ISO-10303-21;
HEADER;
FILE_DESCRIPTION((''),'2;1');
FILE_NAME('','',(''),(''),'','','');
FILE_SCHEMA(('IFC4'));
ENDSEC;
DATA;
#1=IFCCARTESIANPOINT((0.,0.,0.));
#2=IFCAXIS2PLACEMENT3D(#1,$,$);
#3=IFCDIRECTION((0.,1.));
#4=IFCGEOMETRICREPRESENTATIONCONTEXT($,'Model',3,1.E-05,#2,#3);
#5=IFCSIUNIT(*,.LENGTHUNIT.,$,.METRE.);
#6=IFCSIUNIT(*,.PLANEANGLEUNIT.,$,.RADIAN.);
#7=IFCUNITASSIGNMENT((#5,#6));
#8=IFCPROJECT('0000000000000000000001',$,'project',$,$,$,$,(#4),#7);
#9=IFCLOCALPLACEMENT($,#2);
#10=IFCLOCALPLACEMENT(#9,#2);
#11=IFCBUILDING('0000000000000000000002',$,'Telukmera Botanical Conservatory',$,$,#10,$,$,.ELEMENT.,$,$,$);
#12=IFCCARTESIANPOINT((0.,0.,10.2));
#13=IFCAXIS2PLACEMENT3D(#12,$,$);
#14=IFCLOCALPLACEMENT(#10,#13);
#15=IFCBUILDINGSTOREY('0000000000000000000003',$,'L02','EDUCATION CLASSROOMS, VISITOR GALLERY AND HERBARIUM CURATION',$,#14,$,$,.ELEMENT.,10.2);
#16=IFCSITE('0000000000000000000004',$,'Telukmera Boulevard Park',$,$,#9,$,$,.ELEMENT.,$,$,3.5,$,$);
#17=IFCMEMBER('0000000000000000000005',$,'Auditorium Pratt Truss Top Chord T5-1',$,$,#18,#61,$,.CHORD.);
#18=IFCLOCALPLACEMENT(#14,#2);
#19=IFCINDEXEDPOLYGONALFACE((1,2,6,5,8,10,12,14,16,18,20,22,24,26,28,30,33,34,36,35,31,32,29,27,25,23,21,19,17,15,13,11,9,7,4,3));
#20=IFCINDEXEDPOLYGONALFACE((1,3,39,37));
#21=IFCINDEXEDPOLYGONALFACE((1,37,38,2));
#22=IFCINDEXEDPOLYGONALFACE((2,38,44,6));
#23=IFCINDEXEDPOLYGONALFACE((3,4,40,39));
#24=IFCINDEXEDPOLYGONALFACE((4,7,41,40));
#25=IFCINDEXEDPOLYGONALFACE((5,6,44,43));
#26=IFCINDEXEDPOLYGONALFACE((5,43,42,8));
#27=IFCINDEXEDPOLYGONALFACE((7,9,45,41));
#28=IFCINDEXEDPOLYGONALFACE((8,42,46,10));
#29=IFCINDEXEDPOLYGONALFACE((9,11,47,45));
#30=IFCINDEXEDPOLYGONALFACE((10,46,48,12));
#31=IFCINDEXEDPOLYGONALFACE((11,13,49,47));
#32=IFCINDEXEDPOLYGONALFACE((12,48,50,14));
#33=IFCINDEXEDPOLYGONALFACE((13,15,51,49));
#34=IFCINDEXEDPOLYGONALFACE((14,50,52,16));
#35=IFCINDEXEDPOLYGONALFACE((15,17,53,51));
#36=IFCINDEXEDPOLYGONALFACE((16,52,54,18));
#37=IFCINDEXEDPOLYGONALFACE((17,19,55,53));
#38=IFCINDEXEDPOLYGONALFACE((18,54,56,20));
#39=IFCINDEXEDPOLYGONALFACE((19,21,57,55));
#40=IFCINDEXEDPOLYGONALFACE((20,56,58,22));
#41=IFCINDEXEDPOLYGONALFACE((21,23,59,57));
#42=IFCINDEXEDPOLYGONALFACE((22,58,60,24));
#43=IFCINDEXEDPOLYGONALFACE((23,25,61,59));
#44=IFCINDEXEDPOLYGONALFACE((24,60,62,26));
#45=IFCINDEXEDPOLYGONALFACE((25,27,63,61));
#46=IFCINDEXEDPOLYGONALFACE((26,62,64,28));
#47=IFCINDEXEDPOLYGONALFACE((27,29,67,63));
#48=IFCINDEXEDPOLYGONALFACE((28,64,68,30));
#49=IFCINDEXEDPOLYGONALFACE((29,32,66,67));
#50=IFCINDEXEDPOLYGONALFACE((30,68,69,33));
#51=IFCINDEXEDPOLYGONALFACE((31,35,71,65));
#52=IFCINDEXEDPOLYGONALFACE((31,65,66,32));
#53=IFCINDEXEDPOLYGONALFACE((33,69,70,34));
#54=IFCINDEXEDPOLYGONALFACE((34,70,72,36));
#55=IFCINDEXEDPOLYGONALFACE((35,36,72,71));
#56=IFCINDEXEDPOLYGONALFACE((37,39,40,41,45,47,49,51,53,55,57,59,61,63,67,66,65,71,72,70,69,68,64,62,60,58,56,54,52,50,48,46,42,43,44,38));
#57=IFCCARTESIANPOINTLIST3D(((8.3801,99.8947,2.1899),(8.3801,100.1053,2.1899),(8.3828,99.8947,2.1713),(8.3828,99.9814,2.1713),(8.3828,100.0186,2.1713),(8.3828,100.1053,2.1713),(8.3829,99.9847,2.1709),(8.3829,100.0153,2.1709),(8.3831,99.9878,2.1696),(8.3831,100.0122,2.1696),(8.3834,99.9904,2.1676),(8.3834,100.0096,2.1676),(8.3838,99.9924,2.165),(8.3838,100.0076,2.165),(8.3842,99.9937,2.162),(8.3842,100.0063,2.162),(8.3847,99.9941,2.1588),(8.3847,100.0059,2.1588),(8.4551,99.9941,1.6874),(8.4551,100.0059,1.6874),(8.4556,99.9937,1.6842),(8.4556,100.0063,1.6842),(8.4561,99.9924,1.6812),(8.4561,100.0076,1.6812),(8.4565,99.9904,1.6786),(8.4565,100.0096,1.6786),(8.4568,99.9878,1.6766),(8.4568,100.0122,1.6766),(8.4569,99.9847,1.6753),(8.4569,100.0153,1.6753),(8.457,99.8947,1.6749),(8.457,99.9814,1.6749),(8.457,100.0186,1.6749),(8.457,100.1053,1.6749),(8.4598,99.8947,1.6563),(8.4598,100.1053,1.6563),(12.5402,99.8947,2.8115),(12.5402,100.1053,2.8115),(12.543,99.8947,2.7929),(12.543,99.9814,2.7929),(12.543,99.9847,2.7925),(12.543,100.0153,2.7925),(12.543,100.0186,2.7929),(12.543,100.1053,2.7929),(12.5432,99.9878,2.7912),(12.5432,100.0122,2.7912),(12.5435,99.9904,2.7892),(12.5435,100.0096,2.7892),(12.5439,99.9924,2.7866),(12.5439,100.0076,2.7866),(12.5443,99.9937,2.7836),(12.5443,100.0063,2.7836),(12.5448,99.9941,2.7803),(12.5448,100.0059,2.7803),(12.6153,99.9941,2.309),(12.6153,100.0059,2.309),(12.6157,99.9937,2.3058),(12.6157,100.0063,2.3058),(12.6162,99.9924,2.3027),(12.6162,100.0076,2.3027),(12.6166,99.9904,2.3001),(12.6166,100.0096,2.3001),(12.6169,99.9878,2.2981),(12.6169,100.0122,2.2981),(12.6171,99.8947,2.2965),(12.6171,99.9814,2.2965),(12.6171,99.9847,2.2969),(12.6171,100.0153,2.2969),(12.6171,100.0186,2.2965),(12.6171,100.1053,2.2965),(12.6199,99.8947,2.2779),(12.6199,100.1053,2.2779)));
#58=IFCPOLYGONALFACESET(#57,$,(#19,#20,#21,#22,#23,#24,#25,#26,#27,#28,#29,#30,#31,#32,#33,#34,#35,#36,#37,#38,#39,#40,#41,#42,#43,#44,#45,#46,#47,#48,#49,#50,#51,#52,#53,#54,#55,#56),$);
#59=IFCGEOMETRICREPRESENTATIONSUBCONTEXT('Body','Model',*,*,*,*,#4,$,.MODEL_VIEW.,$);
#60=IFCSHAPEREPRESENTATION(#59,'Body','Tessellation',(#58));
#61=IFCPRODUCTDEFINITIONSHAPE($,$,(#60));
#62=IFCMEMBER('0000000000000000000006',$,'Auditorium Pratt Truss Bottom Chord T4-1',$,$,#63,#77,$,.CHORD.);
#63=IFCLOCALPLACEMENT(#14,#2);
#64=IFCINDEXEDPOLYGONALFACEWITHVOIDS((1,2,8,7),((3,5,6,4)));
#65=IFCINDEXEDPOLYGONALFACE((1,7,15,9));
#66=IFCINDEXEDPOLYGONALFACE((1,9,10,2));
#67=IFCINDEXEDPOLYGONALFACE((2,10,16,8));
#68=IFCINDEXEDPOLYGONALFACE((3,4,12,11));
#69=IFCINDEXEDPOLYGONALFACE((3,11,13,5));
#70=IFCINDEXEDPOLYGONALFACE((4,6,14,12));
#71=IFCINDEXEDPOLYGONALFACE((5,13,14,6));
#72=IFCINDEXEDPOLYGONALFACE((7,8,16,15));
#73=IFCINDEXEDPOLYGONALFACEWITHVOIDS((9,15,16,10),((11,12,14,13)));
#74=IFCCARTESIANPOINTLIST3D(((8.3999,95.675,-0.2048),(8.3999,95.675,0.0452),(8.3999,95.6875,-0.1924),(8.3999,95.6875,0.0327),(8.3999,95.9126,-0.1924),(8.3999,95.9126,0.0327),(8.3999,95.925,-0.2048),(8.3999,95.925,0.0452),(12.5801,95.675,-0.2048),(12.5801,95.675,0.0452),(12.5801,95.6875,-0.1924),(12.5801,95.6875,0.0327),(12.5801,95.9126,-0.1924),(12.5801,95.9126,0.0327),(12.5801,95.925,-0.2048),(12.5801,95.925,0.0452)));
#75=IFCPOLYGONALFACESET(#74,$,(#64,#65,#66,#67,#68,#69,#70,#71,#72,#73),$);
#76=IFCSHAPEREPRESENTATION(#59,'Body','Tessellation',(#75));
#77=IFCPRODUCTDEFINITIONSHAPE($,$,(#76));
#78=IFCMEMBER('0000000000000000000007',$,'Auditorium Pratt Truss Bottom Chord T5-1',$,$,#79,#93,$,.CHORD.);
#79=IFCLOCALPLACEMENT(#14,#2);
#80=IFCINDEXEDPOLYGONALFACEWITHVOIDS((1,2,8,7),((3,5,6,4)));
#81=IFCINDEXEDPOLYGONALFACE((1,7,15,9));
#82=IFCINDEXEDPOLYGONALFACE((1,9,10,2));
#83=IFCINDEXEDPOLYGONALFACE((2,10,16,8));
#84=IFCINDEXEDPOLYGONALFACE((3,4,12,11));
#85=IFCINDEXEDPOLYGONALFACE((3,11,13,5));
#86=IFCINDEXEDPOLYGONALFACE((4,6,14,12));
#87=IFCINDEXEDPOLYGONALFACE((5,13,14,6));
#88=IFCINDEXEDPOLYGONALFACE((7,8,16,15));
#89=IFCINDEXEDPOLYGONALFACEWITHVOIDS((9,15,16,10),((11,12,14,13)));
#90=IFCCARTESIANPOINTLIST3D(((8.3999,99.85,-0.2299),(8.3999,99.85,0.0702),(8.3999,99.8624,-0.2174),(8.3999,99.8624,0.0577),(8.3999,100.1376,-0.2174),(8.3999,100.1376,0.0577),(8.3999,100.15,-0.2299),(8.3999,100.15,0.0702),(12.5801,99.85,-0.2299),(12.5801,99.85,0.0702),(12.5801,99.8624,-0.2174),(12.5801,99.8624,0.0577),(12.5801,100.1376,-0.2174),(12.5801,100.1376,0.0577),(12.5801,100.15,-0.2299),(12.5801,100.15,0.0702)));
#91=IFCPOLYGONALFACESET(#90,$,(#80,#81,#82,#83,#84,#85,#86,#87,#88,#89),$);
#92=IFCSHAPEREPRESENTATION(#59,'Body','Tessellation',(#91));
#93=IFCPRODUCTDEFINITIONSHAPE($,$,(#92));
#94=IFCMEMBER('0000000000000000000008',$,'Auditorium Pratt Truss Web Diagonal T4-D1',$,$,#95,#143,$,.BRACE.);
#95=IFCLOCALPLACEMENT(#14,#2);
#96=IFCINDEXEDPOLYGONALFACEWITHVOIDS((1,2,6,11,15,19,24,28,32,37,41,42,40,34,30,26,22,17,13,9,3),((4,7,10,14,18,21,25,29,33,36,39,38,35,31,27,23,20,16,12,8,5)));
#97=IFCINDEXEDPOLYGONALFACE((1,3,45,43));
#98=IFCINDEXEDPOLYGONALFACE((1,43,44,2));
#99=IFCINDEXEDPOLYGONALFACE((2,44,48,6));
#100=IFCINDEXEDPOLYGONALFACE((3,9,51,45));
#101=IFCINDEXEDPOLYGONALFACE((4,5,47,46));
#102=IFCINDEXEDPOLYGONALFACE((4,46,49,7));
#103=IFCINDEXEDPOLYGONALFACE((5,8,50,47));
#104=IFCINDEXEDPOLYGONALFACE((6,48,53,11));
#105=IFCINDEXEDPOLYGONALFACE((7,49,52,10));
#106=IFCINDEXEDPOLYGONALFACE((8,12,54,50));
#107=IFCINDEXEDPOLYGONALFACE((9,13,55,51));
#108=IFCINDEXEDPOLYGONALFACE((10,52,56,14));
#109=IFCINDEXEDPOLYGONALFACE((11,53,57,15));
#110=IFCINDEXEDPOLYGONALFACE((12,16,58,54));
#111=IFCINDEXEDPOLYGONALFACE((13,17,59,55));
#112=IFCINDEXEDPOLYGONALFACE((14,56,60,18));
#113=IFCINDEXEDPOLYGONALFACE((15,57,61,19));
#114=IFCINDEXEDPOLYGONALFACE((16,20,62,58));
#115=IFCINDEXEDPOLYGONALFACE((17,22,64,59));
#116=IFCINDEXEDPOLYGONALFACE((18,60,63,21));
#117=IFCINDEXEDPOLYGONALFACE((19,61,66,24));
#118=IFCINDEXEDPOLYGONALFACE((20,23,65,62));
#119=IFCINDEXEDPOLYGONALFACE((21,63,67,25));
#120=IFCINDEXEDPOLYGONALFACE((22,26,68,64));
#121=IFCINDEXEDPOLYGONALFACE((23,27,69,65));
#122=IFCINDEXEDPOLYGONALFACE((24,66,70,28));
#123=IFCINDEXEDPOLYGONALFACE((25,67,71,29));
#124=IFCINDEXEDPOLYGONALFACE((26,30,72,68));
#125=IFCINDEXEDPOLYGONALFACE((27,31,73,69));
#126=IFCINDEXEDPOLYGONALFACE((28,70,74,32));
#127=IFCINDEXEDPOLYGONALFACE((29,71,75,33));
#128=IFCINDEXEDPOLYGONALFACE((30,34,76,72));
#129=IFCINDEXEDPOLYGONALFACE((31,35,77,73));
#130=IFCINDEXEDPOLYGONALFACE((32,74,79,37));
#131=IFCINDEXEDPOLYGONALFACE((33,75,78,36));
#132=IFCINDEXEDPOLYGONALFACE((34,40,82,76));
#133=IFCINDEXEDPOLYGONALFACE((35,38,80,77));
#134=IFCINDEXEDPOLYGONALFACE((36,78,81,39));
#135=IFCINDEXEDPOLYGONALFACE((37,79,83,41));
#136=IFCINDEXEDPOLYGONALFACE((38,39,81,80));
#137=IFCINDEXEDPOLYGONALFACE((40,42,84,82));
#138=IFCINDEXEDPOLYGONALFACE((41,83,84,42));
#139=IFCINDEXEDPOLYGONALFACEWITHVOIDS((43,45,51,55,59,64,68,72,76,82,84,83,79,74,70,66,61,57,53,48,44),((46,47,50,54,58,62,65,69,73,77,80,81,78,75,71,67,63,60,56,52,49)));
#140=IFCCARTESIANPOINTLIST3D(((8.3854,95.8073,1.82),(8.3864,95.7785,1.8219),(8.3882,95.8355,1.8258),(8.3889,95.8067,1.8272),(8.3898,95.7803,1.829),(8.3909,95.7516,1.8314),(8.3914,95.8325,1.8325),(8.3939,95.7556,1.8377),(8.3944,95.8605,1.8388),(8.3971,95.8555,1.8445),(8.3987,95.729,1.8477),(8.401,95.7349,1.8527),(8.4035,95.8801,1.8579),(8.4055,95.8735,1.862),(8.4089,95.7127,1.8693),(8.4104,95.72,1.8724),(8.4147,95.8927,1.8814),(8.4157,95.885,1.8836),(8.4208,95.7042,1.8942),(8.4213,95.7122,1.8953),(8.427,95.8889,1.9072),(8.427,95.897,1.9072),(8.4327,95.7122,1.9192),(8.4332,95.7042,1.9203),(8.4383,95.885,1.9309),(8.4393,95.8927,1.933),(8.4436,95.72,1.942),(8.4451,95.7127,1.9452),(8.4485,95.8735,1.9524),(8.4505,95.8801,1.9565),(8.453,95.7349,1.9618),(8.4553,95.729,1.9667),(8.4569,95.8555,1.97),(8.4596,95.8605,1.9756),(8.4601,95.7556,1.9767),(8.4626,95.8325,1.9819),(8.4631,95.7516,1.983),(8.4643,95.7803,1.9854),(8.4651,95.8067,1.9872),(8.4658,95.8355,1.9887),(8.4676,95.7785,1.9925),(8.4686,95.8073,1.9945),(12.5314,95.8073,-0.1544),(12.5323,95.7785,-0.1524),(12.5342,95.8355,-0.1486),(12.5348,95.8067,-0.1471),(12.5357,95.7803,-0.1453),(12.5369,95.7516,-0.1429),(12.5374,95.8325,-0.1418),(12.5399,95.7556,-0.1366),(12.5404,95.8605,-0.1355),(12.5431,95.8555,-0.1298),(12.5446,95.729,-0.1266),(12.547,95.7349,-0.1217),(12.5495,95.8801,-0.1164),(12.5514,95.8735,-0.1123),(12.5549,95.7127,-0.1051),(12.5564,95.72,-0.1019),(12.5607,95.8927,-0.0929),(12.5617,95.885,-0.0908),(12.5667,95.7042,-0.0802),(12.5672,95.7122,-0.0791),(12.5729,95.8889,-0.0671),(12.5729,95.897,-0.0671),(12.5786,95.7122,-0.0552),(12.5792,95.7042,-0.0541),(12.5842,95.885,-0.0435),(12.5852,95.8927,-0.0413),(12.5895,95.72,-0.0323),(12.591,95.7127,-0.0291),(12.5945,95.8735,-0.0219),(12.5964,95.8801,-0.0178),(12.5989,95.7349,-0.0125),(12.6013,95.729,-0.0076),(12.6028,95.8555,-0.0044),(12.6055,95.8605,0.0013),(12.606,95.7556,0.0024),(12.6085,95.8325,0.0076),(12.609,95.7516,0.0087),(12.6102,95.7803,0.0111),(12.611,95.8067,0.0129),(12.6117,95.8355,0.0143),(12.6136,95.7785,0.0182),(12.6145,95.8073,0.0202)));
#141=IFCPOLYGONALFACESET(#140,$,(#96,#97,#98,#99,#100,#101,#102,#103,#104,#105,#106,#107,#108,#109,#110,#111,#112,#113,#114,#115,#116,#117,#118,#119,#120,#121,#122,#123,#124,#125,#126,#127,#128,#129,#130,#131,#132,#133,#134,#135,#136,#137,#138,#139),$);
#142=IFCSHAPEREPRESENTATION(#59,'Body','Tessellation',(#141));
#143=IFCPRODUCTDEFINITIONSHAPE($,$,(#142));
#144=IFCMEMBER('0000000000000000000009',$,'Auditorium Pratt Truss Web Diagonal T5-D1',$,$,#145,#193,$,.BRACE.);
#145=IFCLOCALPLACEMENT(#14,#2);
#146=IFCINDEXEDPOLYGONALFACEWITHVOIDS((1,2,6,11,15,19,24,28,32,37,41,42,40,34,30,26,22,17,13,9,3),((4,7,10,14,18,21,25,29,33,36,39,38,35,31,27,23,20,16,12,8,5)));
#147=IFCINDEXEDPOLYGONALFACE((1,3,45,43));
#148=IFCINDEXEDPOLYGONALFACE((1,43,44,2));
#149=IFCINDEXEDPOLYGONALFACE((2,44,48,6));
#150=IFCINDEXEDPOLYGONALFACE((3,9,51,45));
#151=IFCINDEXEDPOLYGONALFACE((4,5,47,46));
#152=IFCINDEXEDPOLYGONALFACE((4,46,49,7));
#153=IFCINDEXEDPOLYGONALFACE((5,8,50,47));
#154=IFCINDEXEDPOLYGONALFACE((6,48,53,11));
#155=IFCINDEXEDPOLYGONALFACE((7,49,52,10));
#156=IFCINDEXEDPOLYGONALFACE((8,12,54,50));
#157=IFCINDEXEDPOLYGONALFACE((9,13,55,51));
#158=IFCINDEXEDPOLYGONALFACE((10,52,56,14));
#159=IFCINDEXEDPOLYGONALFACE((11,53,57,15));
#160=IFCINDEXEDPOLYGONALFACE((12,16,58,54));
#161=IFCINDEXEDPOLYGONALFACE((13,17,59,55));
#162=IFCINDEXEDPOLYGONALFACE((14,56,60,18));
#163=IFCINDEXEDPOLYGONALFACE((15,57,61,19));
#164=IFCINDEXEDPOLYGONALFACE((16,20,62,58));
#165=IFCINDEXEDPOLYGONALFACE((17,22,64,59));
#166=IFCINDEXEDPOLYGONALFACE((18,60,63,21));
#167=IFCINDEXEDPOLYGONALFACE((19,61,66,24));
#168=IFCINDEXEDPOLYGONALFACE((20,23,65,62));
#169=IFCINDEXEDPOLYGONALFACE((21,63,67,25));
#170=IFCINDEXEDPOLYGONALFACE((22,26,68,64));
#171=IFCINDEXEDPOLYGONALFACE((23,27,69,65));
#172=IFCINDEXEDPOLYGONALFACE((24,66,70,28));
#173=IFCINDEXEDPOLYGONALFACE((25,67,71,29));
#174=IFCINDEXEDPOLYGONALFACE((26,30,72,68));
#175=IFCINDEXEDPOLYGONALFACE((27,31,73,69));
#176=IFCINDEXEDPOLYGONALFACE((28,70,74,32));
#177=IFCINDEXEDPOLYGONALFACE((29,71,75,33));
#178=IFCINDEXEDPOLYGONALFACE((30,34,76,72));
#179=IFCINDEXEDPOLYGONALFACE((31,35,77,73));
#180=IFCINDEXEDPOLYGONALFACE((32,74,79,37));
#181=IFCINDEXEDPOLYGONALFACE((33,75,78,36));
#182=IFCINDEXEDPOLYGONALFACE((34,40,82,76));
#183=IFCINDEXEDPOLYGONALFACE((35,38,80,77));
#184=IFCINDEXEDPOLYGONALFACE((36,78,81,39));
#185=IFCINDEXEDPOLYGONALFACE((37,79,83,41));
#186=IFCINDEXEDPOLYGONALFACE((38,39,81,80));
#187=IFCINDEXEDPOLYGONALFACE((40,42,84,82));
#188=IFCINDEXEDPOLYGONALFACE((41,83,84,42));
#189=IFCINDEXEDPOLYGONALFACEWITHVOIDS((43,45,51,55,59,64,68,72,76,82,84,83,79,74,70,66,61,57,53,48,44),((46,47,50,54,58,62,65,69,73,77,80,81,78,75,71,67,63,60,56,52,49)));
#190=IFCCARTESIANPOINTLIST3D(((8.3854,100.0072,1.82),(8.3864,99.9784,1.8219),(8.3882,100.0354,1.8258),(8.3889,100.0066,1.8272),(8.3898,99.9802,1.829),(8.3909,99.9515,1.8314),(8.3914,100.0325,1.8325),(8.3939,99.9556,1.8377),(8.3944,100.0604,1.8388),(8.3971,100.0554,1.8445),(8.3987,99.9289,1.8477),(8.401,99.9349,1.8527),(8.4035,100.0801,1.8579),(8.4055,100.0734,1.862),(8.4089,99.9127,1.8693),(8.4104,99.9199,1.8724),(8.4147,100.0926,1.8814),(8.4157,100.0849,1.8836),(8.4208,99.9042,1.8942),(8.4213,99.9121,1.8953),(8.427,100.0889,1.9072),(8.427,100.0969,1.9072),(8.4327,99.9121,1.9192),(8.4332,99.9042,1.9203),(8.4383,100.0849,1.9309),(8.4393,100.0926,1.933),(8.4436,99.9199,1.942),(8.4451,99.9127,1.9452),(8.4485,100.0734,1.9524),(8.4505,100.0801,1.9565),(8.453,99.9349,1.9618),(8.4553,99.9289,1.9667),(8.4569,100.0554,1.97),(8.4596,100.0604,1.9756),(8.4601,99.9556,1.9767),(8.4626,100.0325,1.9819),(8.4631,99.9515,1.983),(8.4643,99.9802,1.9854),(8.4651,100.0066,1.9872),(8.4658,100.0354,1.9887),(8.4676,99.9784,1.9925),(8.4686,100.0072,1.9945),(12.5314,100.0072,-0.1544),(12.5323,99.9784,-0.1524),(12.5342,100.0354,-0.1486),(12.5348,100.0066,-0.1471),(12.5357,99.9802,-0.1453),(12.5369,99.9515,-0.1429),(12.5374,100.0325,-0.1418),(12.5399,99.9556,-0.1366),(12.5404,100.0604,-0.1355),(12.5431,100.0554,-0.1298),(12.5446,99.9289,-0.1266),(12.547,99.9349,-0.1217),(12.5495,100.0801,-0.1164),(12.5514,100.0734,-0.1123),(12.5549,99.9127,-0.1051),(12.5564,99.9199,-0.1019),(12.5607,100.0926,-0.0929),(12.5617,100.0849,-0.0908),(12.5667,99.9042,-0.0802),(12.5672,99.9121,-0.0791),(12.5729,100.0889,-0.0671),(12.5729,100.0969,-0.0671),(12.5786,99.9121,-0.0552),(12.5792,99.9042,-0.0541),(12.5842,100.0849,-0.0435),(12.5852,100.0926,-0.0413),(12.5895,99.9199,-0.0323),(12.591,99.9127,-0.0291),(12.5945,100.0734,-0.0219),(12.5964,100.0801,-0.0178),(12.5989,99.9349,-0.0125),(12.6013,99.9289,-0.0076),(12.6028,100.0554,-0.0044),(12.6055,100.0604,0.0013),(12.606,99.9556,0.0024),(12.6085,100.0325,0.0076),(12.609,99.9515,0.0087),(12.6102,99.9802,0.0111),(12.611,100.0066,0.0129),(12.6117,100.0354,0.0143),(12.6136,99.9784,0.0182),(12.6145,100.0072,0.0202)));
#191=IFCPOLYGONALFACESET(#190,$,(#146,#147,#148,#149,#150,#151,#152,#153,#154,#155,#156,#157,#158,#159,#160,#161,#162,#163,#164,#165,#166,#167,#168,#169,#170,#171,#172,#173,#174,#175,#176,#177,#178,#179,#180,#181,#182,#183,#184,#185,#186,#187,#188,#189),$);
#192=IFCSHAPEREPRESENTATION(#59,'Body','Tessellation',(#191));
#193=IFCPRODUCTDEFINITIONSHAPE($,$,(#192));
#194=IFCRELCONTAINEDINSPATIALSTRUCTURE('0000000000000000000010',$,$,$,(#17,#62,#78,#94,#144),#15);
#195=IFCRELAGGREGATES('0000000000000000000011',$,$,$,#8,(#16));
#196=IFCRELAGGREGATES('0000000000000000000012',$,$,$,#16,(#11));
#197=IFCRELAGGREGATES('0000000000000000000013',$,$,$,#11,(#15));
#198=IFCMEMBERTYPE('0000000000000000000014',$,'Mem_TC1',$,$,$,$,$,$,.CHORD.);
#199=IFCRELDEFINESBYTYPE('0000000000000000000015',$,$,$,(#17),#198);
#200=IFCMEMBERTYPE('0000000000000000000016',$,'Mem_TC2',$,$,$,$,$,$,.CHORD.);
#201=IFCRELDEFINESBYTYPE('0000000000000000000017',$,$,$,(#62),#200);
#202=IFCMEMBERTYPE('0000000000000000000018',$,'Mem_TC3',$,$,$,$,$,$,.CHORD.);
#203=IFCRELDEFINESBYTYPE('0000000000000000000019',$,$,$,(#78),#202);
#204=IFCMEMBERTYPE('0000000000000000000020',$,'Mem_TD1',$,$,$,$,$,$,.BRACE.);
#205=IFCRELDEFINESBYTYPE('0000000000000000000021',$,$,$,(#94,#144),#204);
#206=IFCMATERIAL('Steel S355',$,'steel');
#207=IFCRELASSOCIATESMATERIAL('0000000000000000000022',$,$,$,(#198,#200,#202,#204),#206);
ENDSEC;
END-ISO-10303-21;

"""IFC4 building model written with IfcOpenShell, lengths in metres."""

from ifc_helpers import new_model, si_unit, direction, frame, origin, origin_2d, place, context, subcontext, project, spatial, hollow_rectangle, hollow_circle, i_section, extrude, material, material_profile, profile_set, type_object, element, save


model = new_model("IFC4")

# Units and contexts
model_context = context("Model", 3, precision=1e-05, world=origin(), true_north=direction((0.0, 1.0)))
body_context = subcontext(model_context, "Body", "Model", "MODEL_VIEW")
ifc_project = project(units=[si_unit("LENGTHUNIT", "METRE"), si_unit("PLANEANGLEUNIT", "RADIAN")], contexts=[model_context])

# Site, building, storey
site_placement = place(None, origin())
site = spatial("IfcSite", under=ifc_project, at=site_placement, Name="Telukmera Boulevard Park", CompositionType="ELEMENT", RefElevation=3.5)
building_placement = place(site_placement, origin())
building = spatial("IfcBuilding", under=site, at=building_placement, Name="Telukmera Botanical Conservatory", CompositionType="ELEMENT")
storey_placement = place(building_placement, frame((0.0, 0.0, 10.2)))
storey = spatial("IfcBuildingStorey", under=building, at=storey_placement, Name="L02", Description="EDUCATION CLASSROOMS, VISITOR GALLERY AND HERBARIUM CURATION", CompositionType="ELEMENT", Elevation=10.2)

# Members
ifc_material_1 = material(Name="Steel S355", Category="steel")
ifc_material_profile_1 = material_profile(ifc_material_1, i_section(OverallWidth=0.2107, OverallDepth=0.5396, WebThickness=0.0117, FlangeThickness=0.0188, FilletRadius=0.0127, at=origin_2d()), Name="UB 533x210x109")
ifc_profile_set_1 = profile_set([ifc_material_profile_1], Name="Steel S355")
member_type_1 = type_object("IfcMemberType", Name="Mem_TC1", PredefinedType="CHORD", material=ifc_profile_set_1)
member_1_placement = place(storey_placement, frame((8.4199, 100.0, 1.9231), z_axis=(0.989021, 0.0, 0.147773), x_axis=(0.0, 1.0, 0.0)))
element("IfcMember", 1, at=member_1_placement, inside=storey, type_object=member_type_1, Name="Auditorium Pratt Truss Top Chord T5-1", PredefinedType="CHORD", context=body_context, shape_type="SweptSolid", body=[
    extrude(i_section(OverallWidth=0.2107, OverallDepth=0.5396, WebThickness=0.0117, FlangeThickness=0.0188, FilletRadius=0.0127, at=origin_2d()), origin(), (0.0, 0.0, 1.0), 4.2063),
])
ifc_material_profile_2 = material_profile(ifc_material_1, hollow_rectangle(XDim=0.25, YDim=0.25, WallThickness=0.0125, at=origin_2d()), Name="SHS 250x250x12.5")
ifc_profile_set_2 = profile_set([ifc_material_profile_2], Name="Steel S355")
member_type_2 = type_object("IfcMemberType", Name="Mem_TC2", PredefinedType="CHORD", material=ifc_profile_set_2)
member_2_placement = place(storey_placement, frame((8.3999, 95.8, -0.0798), z_axis=(1.0, 0.0, 0.0), x_axis=(0.0, 1.0, 0.0)))
element("IfcMember", 2, at=member_2_placement, inside=storey, type_object=member_type_2, Name="Auditorium Pratt Truss Bottom Chord T4-1", PredefinedType="CHORD", context=body_context, shape_type="SweptSolid", body=[
    extrude(hollow_rectangle(XDim=0.25, YDim=0.25, WallThickness=0.0125, at=origin_2d()), origin(), (0.0, 0.0, 1.0), 4.1802),
])
ifc_material_profile_3 = material_profile(ifc_material_1, hollow_rectangle(XDim=0.3, YDim=0.3, WallThickness=0.0125, at=origin_2d()), Name="SHS 300x300x12.5")
ifc_profile_set_3 = profile_set([ifc_material_profile_3], Name="Steel S355")
member_type_3 = type_object("IfcMemberType", Name="Mem_TC3", PredefinedType="CHORD", material=ifc_profile_set_3)
member_3_placement = place(storey_placement, frame((8.3999, 100.0, -0.0798), z_axis=(1.0, 0.0, 0.0), x_axis=(0.0, 1.0, 0.0)))
element("IfcMember", 3, at=member_3_placement, inside=storey, type_object=member_type_3, Name="Auditorium Pratt Truss Bottom Chord T5-1", PredefinedType="CHORD", context=body_context, shape_type="SweptSolid", body=[
    extrude(hollow_rectangle(XDim=0.3, YDim=0.3, WallThickness=0.0125, at=origin_2d()), origin(), (0.0, 0.0, 1.0), 4.1802),
])
ifc_material_profile_4 = material_profile(ifc_material_1, hollow_circle(Radius=0.0969, WallThickness=0.0081, at=origin_2d()), Name="CHS 193.7x8.0")
ifc_profile_set_4 = profile_set([ifc_material_profile_4], Name="Steel S355")
member_type_4 = type_object("IfcMemberType", Name="Mem_TD1", PredefinedType="BRACE", material=ifc_profile_set_4)
for number, where, z_axis, x_axis, name in (
    (4, (8.427, 95.8, 1.9072), (0.902854, 0.0, -0.429948), (0.0, 1.0, 0.0), "Auditorium Pratt Truss Web Diagonal T4-D1"),
    (5, (8.427, 100.0, 1.9072), (0.902854, 0.0, -0.429948), (0.0, 1.0, 0.0), "Auditorium Pratt Truss Web Diagonal T5-D1"),
):
    element("IfcMember", number, at=place(storey_placement, frame(where, z_axis=z_axis, x_axis=x_axis)), inside=storey, type_object=member_type_4, Name=name, PredefinedType="BRACE", context=body_context, shape_type="SweptSolid", body=[
        extrude(hollow_circle(Radius=0.0969, WallThickness=0.0081, at=origin_2d()), origin(), (0.0, 0.0, 1.0), 4.592),
    ])

save(model, "model.ifc")
